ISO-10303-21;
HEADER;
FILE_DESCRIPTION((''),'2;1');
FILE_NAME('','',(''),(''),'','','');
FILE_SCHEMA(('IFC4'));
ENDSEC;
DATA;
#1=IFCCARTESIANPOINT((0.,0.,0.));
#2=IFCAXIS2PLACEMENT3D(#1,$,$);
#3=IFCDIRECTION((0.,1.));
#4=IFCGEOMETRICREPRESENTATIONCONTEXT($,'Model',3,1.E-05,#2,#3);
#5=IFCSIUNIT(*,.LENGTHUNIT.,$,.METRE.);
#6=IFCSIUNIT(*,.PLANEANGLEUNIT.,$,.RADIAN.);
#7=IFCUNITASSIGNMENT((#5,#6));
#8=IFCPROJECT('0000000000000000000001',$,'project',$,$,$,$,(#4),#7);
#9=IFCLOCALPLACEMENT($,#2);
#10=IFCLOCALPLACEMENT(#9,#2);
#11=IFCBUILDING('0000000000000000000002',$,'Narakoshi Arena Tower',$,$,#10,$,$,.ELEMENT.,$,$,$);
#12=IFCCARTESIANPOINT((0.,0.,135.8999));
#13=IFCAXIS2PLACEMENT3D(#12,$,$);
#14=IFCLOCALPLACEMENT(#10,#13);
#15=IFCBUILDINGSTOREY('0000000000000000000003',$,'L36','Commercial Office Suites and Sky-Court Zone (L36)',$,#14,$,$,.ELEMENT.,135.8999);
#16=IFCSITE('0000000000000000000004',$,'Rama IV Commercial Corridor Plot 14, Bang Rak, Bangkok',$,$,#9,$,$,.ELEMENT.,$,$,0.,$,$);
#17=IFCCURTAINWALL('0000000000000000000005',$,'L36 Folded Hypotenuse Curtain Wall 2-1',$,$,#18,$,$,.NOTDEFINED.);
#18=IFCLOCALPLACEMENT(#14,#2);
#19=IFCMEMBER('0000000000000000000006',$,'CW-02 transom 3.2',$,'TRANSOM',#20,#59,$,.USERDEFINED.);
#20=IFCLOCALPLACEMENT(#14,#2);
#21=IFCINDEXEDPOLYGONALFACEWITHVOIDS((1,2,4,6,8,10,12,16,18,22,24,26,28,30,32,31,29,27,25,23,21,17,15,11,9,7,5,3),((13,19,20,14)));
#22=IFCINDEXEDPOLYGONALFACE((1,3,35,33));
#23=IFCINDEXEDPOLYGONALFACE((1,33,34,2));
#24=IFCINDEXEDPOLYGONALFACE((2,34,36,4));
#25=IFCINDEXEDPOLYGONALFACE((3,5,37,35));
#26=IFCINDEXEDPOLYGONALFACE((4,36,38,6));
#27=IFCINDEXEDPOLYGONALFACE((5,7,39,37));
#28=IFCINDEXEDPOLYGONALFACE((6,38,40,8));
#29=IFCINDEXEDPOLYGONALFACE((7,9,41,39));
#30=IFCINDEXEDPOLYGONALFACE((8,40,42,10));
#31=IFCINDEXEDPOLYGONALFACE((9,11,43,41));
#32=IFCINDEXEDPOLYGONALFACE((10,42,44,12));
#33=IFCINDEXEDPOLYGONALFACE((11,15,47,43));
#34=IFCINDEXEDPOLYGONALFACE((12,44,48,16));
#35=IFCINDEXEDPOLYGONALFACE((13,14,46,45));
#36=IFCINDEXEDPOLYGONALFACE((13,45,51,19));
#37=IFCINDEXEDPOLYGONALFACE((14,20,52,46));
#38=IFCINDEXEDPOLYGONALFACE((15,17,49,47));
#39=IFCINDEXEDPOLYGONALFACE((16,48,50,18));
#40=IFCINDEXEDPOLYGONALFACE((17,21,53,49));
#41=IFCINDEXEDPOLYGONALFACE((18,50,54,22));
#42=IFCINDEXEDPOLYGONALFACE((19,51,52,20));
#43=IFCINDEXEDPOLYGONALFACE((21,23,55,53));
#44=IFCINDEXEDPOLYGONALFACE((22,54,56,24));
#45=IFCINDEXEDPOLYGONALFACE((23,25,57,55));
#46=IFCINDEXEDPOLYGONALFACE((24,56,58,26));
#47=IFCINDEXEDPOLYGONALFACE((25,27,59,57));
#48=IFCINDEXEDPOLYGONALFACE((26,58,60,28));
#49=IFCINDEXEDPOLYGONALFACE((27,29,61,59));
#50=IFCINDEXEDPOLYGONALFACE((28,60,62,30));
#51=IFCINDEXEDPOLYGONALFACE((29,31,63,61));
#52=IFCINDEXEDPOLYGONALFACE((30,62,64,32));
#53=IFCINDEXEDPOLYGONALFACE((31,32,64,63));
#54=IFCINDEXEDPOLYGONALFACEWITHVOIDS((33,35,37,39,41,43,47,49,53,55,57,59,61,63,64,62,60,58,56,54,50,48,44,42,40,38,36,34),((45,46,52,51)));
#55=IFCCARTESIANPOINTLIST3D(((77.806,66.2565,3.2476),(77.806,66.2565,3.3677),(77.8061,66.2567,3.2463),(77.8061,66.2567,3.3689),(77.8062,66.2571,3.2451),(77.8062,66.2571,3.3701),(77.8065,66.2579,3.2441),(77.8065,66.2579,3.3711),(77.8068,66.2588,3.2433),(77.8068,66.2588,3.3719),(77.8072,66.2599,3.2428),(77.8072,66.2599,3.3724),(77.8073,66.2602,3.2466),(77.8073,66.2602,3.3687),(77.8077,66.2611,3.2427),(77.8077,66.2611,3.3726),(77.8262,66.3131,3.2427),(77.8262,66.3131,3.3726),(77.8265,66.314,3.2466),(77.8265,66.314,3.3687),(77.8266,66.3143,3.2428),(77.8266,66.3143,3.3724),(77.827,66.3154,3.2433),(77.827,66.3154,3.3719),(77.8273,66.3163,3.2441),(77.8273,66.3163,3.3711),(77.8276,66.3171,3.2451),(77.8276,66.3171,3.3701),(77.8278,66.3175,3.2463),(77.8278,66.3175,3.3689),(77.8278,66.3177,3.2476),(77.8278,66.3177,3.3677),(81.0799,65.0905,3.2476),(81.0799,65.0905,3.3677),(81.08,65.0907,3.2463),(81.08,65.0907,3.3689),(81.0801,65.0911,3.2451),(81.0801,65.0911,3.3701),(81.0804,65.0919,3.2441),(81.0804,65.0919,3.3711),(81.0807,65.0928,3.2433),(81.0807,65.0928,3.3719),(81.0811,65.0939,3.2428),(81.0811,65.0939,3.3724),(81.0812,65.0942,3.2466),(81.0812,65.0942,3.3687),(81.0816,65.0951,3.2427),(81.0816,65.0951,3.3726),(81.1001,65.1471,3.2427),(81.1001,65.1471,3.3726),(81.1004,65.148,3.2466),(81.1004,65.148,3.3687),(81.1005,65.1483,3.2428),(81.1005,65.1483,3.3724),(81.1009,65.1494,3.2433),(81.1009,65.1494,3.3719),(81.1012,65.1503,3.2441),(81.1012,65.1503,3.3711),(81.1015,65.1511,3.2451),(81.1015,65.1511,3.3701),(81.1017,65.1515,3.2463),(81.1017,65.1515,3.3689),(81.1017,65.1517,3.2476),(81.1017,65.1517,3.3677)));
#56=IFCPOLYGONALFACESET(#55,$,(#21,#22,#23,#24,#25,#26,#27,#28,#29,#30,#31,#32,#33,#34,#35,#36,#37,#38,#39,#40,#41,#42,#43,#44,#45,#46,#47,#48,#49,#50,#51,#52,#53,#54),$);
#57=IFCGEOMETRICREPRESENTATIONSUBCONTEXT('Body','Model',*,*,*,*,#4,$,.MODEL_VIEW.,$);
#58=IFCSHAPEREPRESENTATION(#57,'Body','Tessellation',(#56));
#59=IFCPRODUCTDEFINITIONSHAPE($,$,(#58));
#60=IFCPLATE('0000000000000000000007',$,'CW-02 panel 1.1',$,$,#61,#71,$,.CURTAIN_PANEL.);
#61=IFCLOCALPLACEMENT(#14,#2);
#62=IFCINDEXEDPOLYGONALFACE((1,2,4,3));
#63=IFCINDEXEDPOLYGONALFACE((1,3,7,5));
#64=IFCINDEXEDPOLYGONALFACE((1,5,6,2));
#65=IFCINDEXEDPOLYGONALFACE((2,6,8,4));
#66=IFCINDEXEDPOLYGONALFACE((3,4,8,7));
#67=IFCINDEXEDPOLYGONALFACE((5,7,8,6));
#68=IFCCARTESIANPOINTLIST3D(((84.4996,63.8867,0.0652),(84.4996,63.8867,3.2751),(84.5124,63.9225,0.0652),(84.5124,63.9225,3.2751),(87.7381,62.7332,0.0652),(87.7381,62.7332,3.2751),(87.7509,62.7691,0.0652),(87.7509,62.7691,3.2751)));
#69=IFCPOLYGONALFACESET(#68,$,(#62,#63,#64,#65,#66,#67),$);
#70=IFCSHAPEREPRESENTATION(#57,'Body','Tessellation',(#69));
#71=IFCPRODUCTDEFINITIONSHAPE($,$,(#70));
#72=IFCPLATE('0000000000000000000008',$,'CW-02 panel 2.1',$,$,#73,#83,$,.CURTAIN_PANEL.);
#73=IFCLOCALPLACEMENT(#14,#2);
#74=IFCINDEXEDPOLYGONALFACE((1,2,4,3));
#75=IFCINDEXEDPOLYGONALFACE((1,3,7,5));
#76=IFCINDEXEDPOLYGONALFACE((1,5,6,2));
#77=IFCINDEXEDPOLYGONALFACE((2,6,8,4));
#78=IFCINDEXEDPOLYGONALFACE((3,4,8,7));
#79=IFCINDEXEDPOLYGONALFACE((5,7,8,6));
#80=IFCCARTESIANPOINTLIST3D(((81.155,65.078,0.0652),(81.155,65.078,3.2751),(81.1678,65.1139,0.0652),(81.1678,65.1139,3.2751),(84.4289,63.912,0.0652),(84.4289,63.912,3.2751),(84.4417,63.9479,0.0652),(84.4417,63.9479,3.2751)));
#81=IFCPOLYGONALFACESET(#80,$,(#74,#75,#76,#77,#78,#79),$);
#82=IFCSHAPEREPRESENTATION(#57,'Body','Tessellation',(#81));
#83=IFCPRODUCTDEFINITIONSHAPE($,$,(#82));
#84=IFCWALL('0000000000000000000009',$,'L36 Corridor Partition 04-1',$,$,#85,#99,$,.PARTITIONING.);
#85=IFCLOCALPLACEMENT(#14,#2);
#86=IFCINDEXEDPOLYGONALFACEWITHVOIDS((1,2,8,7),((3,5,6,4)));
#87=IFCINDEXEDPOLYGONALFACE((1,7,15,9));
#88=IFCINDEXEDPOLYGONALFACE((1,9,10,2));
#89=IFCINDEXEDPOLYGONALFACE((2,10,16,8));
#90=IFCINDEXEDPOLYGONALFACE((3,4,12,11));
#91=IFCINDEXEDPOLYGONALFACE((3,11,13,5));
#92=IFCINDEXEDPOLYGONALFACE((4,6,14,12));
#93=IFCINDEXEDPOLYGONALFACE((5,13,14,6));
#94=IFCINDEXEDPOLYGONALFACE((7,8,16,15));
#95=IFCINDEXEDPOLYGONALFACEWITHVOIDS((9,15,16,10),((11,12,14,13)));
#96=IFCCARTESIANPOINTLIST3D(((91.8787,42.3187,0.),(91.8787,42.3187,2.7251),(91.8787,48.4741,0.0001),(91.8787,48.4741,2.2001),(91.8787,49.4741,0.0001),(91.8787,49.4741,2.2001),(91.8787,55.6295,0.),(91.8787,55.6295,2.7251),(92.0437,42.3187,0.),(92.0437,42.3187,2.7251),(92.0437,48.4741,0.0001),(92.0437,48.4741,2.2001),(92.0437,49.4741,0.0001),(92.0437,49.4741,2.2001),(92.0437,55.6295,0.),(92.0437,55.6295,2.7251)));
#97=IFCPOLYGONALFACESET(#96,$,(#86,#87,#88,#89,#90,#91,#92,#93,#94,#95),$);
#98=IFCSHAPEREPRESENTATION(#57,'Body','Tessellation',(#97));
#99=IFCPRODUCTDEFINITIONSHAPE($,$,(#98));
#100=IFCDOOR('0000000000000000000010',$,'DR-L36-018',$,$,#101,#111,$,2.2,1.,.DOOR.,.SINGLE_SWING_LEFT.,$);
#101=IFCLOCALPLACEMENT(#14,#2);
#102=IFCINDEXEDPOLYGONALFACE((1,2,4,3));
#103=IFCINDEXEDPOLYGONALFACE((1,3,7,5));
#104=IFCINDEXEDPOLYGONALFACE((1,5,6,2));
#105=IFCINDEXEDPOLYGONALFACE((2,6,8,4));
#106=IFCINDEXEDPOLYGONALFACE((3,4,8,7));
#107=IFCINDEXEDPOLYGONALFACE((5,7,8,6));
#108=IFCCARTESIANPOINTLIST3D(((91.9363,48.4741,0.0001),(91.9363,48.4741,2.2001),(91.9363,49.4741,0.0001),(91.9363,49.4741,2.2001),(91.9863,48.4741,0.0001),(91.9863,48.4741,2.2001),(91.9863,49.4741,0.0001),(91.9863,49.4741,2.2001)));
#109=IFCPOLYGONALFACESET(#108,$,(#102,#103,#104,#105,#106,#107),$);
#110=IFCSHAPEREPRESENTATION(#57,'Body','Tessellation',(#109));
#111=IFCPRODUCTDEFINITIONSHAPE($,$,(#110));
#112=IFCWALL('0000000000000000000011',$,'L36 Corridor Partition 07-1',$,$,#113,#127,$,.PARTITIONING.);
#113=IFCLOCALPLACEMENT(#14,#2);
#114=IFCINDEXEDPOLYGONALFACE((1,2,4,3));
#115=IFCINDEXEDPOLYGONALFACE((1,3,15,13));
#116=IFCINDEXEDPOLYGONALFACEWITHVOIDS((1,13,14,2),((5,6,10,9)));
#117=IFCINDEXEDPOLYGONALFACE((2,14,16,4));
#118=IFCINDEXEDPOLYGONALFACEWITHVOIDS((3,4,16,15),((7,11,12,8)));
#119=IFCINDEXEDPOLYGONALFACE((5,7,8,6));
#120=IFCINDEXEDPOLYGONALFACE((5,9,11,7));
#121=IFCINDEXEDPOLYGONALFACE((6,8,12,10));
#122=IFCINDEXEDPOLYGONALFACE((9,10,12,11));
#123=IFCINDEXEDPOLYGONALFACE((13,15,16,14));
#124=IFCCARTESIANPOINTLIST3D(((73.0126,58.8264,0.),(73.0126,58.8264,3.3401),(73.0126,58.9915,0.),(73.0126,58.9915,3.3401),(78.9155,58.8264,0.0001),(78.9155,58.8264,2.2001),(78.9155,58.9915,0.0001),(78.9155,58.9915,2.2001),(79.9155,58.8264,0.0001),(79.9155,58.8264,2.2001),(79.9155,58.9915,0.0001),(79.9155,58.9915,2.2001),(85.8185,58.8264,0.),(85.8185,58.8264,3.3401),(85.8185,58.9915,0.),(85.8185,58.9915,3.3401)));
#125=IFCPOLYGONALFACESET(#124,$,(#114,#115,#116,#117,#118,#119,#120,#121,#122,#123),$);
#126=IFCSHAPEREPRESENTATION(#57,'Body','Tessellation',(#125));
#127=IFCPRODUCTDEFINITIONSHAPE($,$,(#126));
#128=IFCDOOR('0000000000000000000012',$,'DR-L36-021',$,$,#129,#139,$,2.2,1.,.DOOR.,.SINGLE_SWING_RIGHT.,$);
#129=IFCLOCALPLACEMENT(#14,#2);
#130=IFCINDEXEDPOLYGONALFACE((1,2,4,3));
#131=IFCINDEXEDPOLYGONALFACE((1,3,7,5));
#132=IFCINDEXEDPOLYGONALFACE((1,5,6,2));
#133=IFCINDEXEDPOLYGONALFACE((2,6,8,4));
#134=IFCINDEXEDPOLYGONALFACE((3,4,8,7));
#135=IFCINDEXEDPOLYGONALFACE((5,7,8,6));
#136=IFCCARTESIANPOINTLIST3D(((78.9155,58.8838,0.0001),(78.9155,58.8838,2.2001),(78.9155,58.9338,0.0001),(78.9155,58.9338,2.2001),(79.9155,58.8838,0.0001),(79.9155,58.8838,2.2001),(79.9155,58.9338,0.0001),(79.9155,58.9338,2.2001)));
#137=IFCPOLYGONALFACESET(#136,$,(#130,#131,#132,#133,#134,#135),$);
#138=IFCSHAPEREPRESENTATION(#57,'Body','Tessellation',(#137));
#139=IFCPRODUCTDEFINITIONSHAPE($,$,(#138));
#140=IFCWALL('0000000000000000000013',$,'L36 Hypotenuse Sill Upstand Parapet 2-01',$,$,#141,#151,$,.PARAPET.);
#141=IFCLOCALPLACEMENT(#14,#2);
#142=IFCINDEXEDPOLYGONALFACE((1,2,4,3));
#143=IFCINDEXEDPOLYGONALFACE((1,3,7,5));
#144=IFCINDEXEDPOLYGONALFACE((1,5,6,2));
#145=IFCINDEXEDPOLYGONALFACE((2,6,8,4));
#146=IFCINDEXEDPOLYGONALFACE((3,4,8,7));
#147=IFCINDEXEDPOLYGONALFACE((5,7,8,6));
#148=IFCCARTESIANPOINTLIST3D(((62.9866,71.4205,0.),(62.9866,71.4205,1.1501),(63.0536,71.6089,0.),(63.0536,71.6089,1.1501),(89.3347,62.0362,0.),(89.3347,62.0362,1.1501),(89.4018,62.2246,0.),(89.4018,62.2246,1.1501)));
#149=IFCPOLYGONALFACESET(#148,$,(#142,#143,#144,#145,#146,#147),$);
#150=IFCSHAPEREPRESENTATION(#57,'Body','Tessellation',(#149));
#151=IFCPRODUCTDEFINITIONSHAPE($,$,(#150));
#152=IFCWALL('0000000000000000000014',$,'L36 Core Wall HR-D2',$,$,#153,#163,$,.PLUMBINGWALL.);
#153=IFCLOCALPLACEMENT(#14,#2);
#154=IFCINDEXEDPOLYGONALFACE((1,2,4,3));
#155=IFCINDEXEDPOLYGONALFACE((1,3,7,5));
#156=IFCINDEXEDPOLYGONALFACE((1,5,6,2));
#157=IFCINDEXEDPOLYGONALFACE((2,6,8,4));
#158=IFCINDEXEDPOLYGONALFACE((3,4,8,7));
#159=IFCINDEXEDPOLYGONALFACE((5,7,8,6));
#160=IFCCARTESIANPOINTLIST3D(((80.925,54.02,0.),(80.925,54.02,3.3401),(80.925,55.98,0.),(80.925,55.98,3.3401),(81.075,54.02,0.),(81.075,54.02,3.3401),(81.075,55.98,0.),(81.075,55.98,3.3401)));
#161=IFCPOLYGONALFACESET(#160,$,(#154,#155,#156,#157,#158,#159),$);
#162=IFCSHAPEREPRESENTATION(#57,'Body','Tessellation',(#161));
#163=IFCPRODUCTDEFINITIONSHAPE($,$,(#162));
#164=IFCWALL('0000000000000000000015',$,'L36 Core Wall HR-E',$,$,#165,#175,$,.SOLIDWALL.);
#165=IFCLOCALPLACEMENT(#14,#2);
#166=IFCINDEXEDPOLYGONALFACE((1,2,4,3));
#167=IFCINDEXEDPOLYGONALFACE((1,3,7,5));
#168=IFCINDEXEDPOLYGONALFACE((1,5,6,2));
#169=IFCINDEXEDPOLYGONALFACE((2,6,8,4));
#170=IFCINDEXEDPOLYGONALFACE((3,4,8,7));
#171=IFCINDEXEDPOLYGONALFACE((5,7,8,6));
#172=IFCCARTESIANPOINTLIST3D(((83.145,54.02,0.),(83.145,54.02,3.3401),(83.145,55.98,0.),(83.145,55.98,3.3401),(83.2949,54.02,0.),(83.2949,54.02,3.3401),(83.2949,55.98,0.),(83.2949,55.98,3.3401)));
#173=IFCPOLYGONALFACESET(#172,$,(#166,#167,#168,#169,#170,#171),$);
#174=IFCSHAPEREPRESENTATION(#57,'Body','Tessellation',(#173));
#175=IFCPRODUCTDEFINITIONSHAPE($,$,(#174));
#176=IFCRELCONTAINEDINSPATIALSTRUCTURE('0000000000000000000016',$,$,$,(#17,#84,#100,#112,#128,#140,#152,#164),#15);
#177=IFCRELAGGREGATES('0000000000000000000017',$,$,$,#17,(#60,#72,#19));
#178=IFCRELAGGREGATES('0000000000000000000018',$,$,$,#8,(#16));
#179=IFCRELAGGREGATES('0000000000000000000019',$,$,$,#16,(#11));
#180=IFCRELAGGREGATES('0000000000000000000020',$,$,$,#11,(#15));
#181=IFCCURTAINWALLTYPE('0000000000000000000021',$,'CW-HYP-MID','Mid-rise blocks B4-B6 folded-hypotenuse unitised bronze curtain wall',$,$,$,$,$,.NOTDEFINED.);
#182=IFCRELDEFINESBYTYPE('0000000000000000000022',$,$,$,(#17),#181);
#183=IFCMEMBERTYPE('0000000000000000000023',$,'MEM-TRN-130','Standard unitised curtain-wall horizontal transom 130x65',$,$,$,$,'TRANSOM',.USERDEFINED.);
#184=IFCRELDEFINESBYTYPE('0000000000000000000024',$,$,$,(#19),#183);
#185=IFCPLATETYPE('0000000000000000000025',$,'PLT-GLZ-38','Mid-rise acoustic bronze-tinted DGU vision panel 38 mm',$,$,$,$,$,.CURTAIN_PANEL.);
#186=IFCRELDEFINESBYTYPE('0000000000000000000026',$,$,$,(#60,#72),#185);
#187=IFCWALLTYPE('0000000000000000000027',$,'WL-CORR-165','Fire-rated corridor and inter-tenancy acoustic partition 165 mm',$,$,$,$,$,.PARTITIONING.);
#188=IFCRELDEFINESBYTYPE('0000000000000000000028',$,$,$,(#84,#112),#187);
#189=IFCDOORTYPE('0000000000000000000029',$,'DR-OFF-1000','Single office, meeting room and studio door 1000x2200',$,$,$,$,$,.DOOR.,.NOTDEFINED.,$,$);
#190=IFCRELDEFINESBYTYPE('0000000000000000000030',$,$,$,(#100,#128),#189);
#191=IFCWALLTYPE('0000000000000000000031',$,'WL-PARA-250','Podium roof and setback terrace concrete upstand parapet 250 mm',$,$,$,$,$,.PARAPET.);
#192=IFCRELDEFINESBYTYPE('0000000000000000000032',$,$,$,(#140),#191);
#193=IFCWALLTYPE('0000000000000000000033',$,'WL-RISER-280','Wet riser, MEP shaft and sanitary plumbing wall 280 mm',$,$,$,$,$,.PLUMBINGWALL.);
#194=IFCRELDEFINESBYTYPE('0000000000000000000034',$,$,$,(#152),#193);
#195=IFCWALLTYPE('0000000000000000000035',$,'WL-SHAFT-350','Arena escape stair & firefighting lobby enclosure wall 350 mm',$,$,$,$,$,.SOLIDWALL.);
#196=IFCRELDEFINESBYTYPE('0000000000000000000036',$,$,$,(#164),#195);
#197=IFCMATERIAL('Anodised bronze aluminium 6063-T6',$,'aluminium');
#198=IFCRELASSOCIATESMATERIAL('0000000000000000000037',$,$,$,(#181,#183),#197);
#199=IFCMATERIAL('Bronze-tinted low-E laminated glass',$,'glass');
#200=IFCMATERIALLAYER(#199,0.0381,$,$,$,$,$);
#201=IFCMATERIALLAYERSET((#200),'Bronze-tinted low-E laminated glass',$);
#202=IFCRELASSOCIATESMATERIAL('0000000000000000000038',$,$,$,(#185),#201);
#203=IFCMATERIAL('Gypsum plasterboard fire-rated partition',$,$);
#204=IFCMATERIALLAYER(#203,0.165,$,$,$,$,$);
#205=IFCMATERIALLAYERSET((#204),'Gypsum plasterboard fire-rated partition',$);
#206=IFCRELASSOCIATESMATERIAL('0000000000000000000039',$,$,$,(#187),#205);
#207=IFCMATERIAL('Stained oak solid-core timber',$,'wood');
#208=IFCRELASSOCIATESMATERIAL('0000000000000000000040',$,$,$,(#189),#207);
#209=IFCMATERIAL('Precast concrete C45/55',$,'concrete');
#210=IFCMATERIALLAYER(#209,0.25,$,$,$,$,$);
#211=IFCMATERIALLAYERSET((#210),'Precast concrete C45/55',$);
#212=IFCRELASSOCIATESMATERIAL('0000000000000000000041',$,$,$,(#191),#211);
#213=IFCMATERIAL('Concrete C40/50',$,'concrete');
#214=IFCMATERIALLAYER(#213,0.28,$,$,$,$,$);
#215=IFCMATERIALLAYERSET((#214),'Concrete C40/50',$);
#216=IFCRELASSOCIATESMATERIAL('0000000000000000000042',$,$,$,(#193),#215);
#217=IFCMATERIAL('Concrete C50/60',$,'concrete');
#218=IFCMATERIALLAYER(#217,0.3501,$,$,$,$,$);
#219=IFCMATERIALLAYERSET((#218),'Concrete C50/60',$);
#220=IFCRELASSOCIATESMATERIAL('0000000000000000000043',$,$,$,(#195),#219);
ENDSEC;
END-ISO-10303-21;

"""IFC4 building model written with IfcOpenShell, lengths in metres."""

from ifc_helpers import new_model, si_unit, direction, frame, frame_2d, origin, origin_2d, place, context, subcontext, project, spatial, rectangle, hollow_rectangle, extrude, material, layer, layer_set, material_profile, profile_set, type_object, element, fill, aggregate, save


model = new_model("IFC4")

# Units and contexts
model_context = context("Model", 3, precision=1e-05, world=origin(), true_north=direction((0.0, 1.0)))
body_context = subcontext(model_context, "Body", "Model", "MODEL_VIEW")
ifc_project = project(units=[si_unit("LENGTHUNIT", "METRE"), si_unit("PLANEANGLEUNIT", "RADIAN")], contexts=[model_context])

# Site, building, storey
site_placement = place(None, origin())
site = spatial("IfcSite", under=ifc_project, at=site_placement, Name="Rama IV Commercial Corridor Plot 14, Bang Rak, Bangkok", CompositionType="ELEMENT", RefElevation=0.0)
building_placement = place(site_placement, origin())
building = spatial("IfcBuilding", under=site, at=building_placement, Name="Narakoshi Arena Tower", CompositionType="ELEMENT")
storey_placement = place(building_placement, frame((0.0, 0.0, 135.8999)))
storey = spatial("IfcBuildingStorey", under=building, at=storey_placement, Name="L36", Description="Commercial Office Suites and Sky-Court Zone (L36)", CompositionType="ELEMENT", Elevation=135.8999)

# Shared definitions
ifc_material_1 = material(Name="Anodised bronze aluminium 6063-T6", Category="aluminium")
curtain_wall_type = type_object("IfcCurtainWallType", Name="CW-HYP-MID", Description="Mid-rise blocks B4-B6 folded-hypotenuse unitised bronze curtain wall", PredefinedType="NOTDEFINED", material=ifc_material_1)

# Curtain wall, member, plates
curtain_wall_1_placement = place(storey_placement, origin())
curtain_wall_1 = element("IfcCurtainWall", 1, at=curtain_wall_1_placement, inside=storey, type_object=curtain_wall_type, Name="L36 Folded Hypotenuse Curtain Wall 2-1", PredefinedType="NOTDEFINED")
ifc_material_profile_1 = material_profile(ifc_material_1, hollow_rectangle(XDim=0.0649, YDim=0.1299, WallThickness=0.0039, OuterFilletRadius=0.0049, at=origin_2d()), Name="TRN130x65x4")
ifc_profile_set_1 = profile_set([ifc_material_profile_1], Name="Anodised bronze aluminium 6063-T6")
member_type_1 = type_object("IfcMemberType", Name="MEM-TRN-130", Description="Standard unitised curtain-wall horizontal transom 130x65", ElementType="TRANSOM", PredefinedType="USERDEFINED", material=ifc_profile_set_1)
member_1_placement = place(storey_placement, frame((81.0908, 65.1211, 3.3076), z_axis=(-0.942037, 0.335509, 0.0), x_axis=(-0.335509, -0.942037, 0.0)))
member_1 = element("IfcMember", 2, at=member_1_placement, type_object=member_type_1, Name="CW-02 transom 3.2", ObjectType="TRANSOM", PredefinedType="USERDEFINED", context=body_context, shape_type="SweptSolid", body=[
    extrude(hollow_rectangle(XDim=0.0649, YDim=0.1299, WallThickness=0.0039, OuterFilletRadius=0.0049, at=origin_2d()), origin(), (0.0, 0.0, 1.0), 3.4753),
])
ifc_material_2 = material(Name="Bronze-tinted low-E laminated glass", Category="glass")
ifc_layer_1 = layer(ifc_material_2, 0.0381)
ifc_layer_set_1 = layer_set([ifc_layer_1], Name="Bronze-tinted low-E laminated glass")
plate_type = type_object("IfcPlateType", Name="PLT-GLZ-38", Description="Mid-rise acoustic bronze-tinted DGU vision panel 38 mm", PredefinedType="CURTAIN_PANEL", material=ifc_layer_set_1)
plate_1_placement = place(storey_placement, frame((86.1252, 63.3279, 0.0652), z_axis=(0.0, 0.0, 1.0), x_axis=(-0.942034, 0.335518, 0.0)))
plate_1 = element("IfcPlate", 3, at=plate_1_placement, type_object=plate_type, Name="CW-02 panel 1.1", PredefinedType="CURTAIN_PANEL", context=body_context, shape_type="SweptSolid", body=[
    extrude(rectangle(XDim=3.4377, YDim=0.0381, at=origin_2d()), origin(), (0.0, 0.0, 1.0), 3.21),
])
plate_2_placement = place(storey_placement, frame((82.7983, 64.5129, 0.0652), z_axis=(0.0, 0.0, 1.0), x_axis=(-0.942034, 0.335518, 0.0)))
plate_2 = element("IfcPlate", 4, at=plate_2_placement, type_object=plate_type, Name="CW-02 panel 2.1", PredefinedType="CURTAIN_PANEL", context=body_context, shape_type="SweptSolid", body=[
    extrude(rectangle(XDim=3.4753, YDim=0.0381, at=origin_2d()), origin(), (0.0, 0.0, 1.0), 3.21),
])
aggregate(curtain_wall_1, [plate_1, plate_2, member_1])

# Walls, openings, doors
ifc_material_3 = material(Name="Gypsum plasterboard fire-rated partition")
ifc_layer_2 = layer(ifc_material_3, 0.165)
ifc_layer_set_2 = layer_set([ifc_layer_2], Name="Gypsum plasterboard fire-rated partition")
wall_type_1 = type_object("IfcWallType", Name="WL-CORR-165", Description="Fire-rated corridor and inter-tenancy acoustic partition 165 mm", PredefinedType="PARTITIONING", material=ifc_layer_set_2)
wall_1_placement = place(storey_placement, frame((91.9612, 55.6294, 0.0), z_axis=(0.0, 0.0, 1.0), x_axis=(0.0, -1.0, 0.0)))
wall_1 = element("IfcWall", 5, at=wall_1_placement, inside=storey, type_object=wall_type_1, Name="L36 Corridor Partition 04-1", PredefinedType="PARTITIONING", context=body_context, shape_type="SweptSolid", body=[
    extrude(rectangle(XDim=13.3108, YDim=0.165, at=frame_2d((6.6553, 0.0))), origin(), (0.0, 0.0, 1.0), 2.7251),
])
opening_1_placement = place(wall_1_placement, frame((6.1553, 0.0, 0.0)))
opening_1 = element("IfcOpeningElement", 6, at=opening_1_placement, cuts=wall_1, PredefinedType="OPENING", context=body_context, shape_type="SweptSolid", body=[
    extrude(rectangle(XDim=1.0, YDim=2.2, at=frame_2d((0.5, 1.1001))), frame((0.0, 0.0925, 0.0), z_axis=(0.0, -1.0, 0.0), x_axis=(1.0, 0.0, 0.0)), (0.0, 0.0, 1.0), 0.1851),
])
ifc_material_4 = material(Name="Stained oak solid-core timber", Category="wood")
door_type_1 = type_object("IfcDoorType", Name="DR-OFF-1000", Description="Single office, meeting room and studio door 1000x2200", OperationType="NOTDEFINED", PredefinedType="DOOR", material=ifc_material_4)
door_1_placement = place(opening_1_placement, frame((1.0, 0.0, 0.0), z_axis=(0.0, 0.0, 1.0), x_axis=(-1.0, 0.0, 0.0)))
door_1 = element("IfcDoor", 7, at=door_1_placement, inside=storey, type_object=door_type_1, Name="DR-L36-018", OperationType="SINGLE_SWING_LEFT", OverallHeight=2.2, OverallWidth=1.0, PredefinedType="DOOR", context=body_context, shape_type="SweptSolid", body=[
    extrude(rectangle(XDim=1.0, YDim=2.2, at=frame_2d((0.5, 1.1001))), frame((0.0, 0.0249, 0.0), z_axis=(0.0, -1.0, 0.0), x_axis=(1.0, 0.0, 0.0)), (0.0, 0.0, 1.0), 0.05),
])
fill(opening_1, door_1)
wall_2_placement = place(storey_placement, frame((85.8184, 58.9089, 0.0), z_axis=(0.0, 0.0, 1.0), x_axis=(-1.0, 0.0, 0.0)))
wall_2 = element("IfcWall", 8, at=wall_2_placement, inside=storey, type_object=wall_type_1, Name="L36 Corridor Partition 07-1", PredefinedType="PARTITIONING", context=body_context, shape_type="SweptSolid", body=[
    extrude(rectangle(XDim=12.8059, YDim=0.165, at=frame_2d((6.4028, 0.0))), origin(), (0.0, 0.0, 1.0), 3.3401),
])
opening_2_placement = place(wall_2_placement, frame((5.9028, 0.0, 0.0)))
opening_2 = element("IfcOpeningElement", 9, at=opening_2_placement, cuts=wall_2, PredefinedType="OPENING", context=body_context, shape_type="SweptSolid", body=[
    extrude(rectangle(XDim=1.0, YDim=2.2, at=frame_2d((0.5, 1.1001))), frame((0.0, 0.0925, 0.0), z_axis=(0.0, -1.0, 0.0), x_axis=(1.0, 0.0, 0.0)), (0.0, 0.0, 1.0), 0.1851),
])
door_2_placement = place(opening_2_placement, frame((1.0, 0.0, 0.0), z_axis=(0.0, 0.0, 1.0), x_axis=(-1.0, 0.0, 0.0)))
door_2 = element("IfcDoor", 10, at=door_2_placement, inside=storey, type_object=door_type_1, Name="DR-L36-021", OperationType="SINGLE_SWING_RIGHT", OverallHeight=2.2, OverallWidth=1.0, PredefinedType="DOOR", context=body_context, shape_type="SweptSolid", body=[
    extrude(rectangle(XDim=1.0, YDim=2.2, at=frame_2d((0.5, 1.1001))), frame((0.0, 0.0249, 0.0), z_axis=(0.0, -1.0, 0.0), x_axis=(1.0, 0.0, 0.0)), (0.0, 0.0, 1.0), 0.05),
])
fill(opening_2, door_2)

# Walls
ifc_material_5 = material(Name="Precast concrete C45/55", Category="concrete")
ifc_layer_3 = layer(ifc_material_5, 0.25)
ifc_layer_set_3 = layer_set([ifc_layer_3], Name="Precast concrete C45/55")
wall_type_2 = type_object("IfcWallType", Name="WL-PARA-250", Description="Podium roof and setback terrace concrete upstand parapet 250 mm", PredefinedType="PARAPET", material=ifc_layer_set_3)
wall_3_placement = place(storey_placement, frame((89.3684, 62.1304, 0.0), z_axis=(0.0, 0.0, 1.0), x_axis=(-0.942033, 0.335519, 0.0)))
element("IfcWall", 11, at=wall_3_placement, inside=storey, type_object=wall_type_2, Name="L36 Hypotenuse Sill Upstand Parapet 2-01", PredefinedType="PARAPET", context=body_context, shape_type="SweptSolid", body=[
    extrude(rectangle(XDim=27.9695, YDim=0.2, at=frame_2d((13.9849, 0.0))), origin(), (0.0, 0.0, 1.0), 1.1501),
])
ifc_material_6 = material(Name="Concrete C40/50", Category="concrete")
ifc_layer_4 = layer(ifc_material_6, 0.28)
ifc_layer_set_4 = layer_set([ifc_layer_4], Name="Concrete C40/50")
wall_type_3 = type_object("IfcWallType", Name="WL-RISER-280", Description="Wet riser, MEP shaft and sanitary plumbing wall 280 mm", PredefinedType="PLUMBINGWALL", material=ifc_layer_set_4)
wall_4_placement = place(storey_placement, frame((81.0, 54.02, 0.0), z_axis=(0.0, 0.0, 1.0), x_axis=(0.0, 1.0, 0.0)))
element("IfcWall", 12, at=wall_4_placement, inside=storey, type_object=wall_type_3, Name="L36 Core Wall HR-D2", PredefinedType="PLUMBINGWALL", context=body_context, shape_type="SweptSolid", body=[
    extrude(rectangle(XDim=1.96, YDim=0.1499, at=frame_2d((0.98, 0.0))), origin(), (0.0, 0.0, 1.0), 3.3401),
])
ifc_material_7 = material(Name="Concrete C50/60", Category="concrete")
ifc_layer_5 = layer(ifc_material_7, 0.3501)
ifc_layer_set_5 = layer_set([ifc_layer_5], Name="Concrete C50/60")
wall_type_4 = type_object("IfcWallType", Name="WL-SHAFT-350", Description="Arena escape stair & firefighting lobby enclosure wall 350 mm", PredefinedType="SOLIDWALL", material=ifc_layer_set_5)
wall_5_placement = place(storey_placement, frame((83.22, 54.02, 0.0), z_axis=(0.0, 0.0, 1.0), x_axis=(0.0, 1.0, 0.0)))
element("IfcWall", 13, at=wall_5_placement, inside=storey, type_object=wall_type_4, Name="L36 Core Wall HR-E", PredefinedType="SOLIDWALL", context=body_context, shape_type="SweptSolid", body=[
    extrude(rectangle(XDim=1.96, YDim=0.1499, at=frame_2d((0.98, 0.0))), origin(), (0.0, 0.0, 1.0), 3.3401),
])

save(model, "model.ifc")
